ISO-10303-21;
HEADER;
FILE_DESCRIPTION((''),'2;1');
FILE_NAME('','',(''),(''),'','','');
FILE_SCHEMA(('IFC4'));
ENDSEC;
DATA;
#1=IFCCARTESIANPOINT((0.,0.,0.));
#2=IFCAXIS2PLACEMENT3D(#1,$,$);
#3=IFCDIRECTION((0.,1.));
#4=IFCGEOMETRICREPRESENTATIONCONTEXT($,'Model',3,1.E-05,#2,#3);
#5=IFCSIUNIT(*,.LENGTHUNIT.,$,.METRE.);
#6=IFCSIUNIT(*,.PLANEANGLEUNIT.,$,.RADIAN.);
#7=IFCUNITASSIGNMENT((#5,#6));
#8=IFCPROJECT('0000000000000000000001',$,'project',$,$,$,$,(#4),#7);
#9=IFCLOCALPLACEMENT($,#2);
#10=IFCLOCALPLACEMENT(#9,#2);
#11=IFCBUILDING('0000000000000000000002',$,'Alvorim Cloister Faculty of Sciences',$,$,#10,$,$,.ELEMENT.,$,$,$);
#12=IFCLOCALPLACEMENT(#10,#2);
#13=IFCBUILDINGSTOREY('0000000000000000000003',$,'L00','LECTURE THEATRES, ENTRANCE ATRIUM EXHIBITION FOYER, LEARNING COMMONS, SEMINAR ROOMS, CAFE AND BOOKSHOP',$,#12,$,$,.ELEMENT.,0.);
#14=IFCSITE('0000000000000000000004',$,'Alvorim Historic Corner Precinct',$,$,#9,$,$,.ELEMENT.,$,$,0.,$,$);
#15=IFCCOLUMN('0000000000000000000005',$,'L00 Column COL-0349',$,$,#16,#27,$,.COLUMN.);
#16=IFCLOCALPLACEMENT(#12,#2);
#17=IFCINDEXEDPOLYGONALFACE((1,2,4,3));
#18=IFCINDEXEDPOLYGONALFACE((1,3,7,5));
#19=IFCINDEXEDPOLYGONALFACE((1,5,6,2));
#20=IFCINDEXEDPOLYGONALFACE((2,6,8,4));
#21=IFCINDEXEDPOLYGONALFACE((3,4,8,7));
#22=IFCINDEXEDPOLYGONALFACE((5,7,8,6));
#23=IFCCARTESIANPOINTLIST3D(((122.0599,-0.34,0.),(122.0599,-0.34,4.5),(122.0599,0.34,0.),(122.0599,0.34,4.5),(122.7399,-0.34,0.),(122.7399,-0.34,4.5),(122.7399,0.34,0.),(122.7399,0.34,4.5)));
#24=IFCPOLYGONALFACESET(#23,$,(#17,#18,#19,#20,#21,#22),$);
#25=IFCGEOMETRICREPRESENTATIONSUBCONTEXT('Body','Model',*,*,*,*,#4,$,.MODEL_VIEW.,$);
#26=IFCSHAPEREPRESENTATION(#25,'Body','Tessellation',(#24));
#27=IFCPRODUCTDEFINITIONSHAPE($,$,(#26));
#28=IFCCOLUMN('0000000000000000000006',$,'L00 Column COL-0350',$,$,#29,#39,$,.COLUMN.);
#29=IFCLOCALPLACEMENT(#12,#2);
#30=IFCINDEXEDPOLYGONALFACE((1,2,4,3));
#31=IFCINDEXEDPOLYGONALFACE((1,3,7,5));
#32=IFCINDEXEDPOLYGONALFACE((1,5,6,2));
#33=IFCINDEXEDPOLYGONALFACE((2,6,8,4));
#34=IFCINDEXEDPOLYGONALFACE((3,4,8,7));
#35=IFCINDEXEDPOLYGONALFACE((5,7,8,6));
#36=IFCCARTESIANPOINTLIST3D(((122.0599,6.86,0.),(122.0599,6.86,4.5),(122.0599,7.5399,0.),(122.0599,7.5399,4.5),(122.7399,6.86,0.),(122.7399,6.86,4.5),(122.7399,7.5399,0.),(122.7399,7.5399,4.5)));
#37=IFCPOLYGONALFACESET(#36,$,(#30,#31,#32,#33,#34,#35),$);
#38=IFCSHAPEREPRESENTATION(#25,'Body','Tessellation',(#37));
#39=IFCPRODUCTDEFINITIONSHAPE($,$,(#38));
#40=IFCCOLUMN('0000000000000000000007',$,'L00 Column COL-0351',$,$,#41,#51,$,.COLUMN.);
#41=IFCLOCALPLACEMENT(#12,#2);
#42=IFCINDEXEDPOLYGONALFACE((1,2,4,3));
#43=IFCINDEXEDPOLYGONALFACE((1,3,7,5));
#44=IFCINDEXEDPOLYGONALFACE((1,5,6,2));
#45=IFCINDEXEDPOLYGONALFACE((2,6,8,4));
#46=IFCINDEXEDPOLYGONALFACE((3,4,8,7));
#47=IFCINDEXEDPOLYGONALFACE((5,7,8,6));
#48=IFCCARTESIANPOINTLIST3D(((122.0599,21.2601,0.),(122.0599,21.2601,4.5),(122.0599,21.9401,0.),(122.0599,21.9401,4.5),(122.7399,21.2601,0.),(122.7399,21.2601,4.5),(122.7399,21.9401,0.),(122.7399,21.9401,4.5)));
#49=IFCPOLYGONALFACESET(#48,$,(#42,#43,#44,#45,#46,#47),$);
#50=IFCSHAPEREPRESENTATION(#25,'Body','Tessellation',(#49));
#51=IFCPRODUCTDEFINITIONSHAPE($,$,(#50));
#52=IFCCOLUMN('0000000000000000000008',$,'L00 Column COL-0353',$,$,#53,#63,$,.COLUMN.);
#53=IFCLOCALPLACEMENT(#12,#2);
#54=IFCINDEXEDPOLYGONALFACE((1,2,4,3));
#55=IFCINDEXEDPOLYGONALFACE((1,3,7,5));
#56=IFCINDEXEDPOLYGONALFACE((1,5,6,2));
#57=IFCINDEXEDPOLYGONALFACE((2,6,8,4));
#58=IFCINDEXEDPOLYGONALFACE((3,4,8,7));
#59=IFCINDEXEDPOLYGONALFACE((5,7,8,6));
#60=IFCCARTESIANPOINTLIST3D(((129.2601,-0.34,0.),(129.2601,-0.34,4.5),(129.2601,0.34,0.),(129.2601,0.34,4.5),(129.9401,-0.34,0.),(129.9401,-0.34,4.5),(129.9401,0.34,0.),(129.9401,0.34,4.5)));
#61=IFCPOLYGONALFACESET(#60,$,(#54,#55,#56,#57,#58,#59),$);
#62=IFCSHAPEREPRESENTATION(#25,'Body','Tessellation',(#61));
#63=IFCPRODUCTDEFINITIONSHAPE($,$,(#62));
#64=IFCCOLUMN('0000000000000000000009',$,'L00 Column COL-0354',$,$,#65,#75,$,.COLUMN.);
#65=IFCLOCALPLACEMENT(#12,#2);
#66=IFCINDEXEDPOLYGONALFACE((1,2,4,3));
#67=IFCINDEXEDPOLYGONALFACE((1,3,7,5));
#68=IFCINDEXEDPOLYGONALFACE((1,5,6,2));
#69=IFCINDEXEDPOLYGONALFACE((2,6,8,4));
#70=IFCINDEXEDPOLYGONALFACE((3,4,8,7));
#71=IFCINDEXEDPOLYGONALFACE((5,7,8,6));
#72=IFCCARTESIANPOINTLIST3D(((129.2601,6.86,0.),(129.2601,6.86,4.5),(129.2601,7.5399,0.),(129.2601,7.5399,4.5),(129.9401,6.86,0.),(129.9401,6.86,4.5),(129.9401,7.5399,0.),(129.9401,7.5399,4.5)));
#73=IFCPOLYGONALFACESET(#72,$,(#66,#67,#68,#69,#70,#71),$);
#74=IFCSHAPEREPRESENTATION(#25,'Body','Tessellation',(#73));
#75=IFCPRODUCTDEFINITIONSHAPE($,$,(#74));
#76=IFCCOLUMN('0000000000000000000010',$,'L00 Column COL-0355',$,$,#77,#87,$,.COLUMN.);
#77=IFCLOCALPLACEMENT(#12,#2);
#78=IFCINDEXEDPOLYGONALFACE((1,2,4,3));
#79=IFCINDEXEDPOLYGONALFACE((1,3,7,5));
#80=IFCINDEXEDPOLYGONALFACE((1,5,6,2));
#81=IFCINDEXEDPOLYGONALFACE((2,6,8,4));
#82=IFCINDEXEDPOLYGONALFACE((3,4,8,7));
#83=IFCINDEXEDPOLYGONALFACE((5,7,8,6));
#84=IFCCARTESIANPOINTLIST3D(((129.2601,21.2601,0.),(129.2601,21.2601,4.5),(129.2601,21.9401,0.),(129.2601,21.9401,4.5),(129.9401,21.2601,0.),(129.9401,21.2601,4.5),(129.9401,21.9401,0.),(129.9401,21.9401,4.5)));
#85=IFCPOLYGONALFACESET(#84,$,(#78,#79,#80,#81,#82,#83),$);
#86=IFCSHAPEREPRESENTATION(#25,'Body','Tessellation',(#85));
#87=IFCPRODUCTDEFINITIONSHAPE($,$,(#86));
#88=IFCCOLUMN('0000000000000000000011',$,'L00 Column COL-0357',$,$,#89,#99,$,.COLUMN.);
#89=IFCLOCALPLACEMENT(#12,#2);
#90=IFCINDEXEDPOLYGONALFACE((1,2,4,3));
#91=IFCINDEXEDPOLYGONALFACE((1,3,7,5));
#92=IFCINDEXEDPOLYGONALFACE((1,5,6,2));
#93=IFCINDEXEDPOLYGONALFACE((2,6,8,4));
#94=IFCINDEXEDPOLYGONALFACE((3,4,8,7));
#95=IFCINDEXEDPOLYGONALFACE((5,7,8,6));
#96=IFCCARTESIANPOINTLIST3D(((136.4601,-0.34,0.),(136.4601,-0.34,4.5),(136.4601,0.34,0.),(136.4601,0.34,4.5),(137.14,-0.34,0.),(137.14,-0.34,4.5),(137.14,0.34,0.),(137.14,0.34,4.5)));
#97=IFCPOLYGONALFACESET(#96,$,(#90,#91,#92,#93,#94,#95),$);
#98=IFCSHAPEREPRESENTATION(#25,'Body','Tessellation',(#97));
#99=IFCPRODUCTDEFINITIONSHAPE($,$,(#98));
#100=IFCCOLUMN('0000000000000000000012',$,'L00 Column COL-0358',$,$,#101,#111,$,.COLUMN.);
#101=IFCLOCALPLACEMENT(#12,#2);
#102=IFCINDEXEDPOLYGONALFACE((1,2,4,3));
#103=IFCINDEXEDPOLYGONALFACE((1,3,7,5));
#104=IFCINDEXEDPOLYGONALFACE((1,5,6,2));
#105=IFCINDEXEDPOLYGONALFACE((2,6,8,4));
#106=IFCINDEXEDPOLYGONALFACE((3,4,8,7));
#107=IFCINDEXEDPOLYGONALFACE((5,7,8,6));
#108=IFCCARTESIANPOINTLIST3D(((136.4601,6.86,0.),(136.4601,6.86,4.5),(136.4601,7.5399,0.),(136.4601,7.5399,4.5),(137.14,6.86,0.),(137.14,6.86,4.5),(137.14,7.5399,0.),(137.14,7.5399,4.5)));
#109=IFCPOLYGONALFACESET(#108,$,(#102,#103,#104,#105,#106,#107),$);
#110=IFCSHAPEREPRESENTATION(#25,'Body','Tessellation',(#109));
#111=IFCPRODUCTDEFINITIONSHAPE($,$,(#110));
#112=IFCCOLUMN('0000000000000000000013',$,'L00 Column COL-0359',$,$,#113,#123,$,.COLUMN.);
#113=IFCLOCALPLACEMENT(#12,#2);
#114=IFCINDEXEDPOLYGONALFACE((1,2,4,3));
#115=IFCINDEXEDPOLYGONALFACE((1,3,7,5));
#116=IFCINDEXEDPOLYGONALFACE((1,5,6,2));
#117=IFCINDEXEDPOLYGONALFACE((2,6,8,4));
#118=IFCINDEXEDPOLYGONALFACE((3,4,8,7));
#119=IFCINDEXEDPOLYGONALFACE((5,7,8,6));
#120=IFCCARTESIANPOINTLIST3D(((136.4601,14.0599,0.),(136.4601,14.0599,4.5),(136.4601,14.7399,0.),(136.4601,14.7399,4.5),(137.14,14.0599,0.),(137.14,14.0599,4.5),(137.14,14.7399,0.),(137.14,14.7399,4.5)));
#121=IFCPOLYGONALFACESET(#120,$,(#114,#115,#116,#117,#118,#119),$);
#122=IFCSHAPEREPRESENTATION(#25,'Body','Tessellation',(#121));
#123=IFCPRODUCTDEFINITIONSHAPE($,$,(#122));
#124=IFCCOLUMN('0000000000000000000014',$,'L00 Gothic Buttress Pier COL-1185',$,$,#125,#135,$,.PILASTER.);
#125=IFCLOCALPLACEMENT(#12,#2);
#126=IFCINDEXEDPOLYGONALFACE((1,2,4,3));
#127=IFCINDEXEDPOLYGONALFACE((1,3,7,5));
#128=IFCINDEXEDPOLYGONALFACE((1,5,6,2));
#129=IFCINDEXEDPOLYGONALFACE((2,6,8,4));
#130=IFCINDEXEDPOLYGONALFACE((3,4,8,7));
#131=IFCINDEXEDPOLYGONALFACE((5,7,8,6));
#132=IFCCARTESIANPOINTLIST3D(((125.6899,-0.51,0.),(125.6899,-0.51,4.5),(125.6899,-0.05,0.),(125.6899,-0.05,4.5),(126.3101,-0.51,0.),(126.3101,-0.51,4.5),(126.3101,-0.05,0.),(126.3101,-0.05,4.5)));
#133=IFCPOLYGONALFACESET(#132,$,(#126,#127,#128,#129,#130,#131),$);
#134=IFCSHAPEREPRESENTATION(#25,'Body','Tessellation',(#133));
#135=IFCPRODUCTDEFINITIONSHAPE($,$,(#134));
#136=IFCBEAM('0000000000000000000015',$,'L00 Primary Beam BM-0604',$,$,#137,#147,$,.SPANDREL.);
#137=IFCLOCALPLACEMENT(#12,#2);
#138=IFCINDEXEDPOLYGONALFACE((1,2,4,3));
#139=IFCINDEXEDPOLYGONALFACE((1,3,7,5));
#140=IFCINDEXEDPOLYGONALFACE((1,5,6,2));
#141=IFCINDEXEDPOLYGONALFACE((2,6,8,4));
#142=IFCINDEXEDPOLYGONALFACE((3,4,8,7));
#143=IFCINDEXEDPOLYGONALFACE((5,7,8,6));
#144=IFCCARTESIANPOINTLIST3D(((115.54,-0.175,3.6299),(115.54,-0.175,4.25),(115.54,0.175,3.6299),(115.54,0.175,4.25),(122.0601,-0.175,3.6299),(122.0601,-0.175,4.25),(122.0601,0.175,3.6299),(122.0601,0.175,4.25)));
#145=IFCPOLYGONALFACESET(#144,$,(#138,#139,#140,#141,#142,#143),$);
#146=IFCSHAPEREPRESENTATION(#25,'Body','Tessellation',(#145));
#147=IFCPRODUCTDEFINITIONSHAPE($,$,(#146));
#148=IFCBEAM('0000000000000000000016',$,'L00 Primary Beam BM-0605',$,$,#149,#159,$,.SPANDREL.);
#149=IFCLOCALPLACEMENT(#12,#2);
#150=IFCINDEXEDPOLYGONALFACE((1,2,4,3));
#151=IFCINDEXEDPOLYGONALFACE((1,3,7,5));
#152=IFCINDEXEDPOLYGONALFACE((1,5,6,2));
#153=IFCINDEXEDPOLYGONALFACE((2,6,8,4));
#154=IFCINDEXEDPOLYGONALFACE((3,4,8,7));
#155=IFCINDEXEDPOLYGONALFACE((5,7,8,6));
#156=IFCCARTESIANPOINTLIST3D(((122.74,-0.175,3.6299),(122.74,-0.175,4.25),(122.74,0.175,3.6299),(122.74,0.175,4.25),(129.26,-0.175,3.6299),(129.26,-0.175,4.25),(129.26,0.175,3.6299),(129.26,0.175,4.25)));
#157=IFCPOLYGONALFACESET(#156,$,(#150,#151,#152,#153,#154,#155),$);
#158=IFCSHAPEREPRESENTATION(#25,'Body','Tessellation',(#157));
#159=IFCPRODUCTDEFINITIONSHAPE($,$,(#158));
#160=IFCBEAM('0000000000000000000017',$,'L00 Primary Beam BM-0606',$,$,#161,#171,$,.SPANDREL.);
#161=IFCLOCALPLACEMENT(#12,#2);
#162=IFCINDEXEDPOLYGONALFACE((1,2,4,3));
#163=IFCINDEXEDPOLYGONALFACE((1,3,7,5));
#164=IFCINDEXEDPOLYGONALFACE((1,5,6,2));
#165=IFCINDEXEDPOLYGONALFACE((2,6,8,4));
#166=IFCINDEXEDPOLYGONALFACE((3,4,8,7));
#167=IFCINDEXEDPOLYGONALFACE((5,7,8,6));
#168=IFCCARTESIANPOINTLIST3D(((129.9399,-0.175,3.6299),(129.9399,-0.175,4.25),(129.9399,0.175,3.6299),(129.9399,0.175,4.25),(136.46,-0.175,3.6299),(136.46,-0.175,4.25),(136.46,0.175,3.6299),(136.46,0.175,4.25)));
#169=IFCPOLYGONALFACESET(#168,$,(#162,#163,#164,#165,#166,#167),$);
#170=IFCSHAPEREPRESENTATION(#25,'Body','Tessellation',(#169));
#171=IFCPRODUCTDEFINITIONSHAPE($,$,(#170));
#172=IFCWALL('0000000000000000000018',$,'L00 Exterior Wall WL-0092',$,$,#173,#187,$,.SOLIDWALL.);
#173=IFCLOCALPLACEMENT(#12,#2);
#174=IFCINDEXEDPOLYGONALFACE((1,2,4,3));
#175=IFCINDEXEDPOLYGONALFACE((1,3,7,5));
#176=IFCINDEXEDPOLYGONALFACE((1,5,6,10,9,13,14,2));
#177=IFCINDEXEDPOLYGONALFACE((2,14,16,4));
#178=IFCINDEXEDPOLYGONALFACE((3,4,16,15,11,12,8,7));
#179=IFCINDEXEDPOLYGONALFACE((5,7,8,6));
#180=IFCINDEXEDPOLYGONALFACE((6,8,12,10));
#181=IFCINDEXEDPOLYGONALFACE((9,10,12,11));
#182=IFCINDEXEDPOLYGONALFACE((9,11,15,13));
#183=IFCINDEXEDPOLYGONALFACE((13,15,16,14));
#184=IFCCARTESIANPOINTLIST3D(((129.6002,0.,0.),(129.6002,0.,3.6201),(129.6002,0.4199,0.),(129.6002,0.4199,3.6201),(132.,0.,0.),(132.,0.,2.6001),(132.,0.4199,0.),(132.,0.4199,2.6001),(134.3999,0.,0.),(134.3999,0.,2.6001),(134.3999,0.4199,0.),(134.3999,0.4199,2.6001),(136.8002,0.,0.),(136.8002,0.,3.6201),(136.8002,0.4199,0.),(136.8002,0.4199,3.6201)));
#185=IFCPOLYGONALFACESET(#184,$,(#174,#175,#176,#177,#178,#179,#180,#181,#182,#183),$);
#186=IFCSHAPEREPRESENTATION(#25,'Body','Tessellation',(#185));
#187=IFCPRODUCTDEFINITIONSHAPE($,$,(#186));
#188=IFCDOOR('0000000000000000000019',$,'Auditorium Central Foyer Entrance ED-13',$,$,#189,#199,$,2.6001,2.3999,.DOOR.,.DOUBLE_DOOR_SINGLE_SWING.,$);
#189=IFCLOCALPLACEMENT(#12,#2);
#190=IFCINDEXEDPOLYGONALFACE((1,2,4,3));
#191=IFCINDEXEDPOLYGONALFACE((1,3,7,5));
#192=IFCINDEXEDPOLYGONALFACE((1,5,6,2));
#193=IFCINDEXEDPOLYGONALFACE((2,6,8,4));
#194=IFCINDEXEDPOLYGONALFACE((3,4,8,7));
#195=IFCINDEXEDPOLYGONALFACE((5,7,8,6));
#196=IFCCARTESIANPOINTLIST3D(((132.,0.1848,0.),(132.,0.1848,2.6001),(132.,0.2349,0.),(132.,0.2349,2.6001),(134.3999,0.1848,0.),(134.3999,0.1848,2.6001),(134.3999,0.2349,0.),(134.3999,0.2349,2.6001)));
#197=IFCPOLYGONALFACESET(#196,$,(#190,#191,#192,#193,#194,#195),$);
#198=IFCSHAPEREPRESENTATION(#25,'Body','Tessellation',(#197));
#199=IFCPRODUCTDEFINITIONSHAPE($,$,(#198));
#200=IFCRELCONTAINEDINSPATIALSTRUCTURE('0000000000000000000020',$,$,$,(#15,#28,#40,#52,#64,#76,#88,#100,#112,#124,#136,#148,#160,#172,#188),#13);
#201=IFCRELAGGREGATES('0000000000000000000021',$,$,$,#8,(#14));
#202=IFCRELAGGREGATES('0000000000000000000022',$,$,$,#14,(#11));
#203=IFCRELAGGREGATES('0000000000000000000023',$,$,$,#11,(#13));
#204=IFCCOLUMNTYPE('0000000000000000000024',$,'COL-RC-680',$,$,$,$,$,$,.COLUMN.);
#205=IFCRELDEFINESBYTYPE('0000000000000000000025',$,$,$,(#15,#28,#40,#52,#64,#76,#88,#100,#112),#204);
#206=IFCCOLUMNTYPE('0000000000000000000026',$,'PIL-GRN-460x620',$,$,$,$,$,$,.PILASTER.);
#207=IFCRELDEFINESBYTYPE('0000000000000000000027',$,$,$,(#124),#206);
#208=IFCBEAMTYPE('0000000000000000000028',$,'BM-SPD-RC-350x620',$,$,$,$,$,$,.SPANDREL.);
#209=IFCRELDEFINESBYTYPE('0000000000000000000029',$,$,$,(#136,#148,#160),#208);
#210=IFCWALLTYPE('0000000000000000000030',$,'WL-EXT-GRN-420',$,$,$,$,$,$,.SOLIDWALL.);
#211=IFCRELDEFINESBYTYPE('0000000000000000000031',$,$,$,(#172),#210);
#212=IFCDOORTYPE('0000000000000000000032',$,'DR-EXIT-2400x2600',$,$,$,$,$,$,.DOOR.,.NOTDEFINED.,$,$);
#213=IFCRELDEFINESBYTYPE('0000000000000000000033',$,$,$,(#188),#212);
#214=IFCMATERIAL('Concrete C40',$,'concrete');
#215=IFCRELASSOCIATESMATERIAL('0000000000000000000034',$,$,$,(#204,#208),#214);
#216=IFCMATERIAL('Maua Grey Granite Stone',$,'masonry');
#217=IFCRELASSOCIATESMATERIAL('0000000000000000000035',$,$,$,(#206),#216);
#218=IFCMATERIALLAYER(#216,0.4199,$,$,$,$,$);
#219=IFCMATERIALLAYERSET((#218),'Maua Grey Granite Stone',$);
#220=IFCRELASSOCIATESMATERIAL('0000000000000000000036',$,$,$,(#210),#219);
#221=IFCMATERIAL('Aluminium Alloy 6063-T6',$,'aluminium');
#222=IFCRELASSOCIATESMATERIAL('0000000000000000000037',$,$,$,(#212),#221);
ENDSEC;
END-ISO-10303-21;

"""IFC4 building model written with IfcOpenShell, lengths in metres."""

from ifc_helpers import new_model, si_unit, direction, frame, frame_2d, origin, origin_2d, place, context, subcontext, project, spatial, rectangle, extrude, material, layer, layer_set, material_profile, profile_set, type_object, element, fill, save


model = new_model("IFC4")

# Units and contexts
model_context = context("Model", 3, precision=1e-05, world=origin(), true_north=direction((0.0, 1.0)))
body_context = subcontext(model_context, "Body", "Model", "MODEL_VIEW")
ifc_project = project(units=[si_unit("LENGTHUNIT", "METRE"), si_unit("PLANEANGLEUNIT", "RADIAN")], contexts=[model_context])

# Site, building, storey
site_placement = place(None, origin())
site = spatial("IfcSite", under=ifc_project, at=site_placement, Name="Alvorim Historic Corner Precinct", CompositionType="ELEMENT", RefElevation=0.0)
building_placement = place(site_placement, origin())
building = spatial("IfcBuilding", under=site, at=building_placement, Name="Alvorim Cloister Faculty of Sciences", CompositionType="ELEMENT")
storey_placement = place(building_placement, origin())
storey = spatial("IfcBuildingStorey", under=building, at=storey_placement, Name="L00", Description="LECTURE THEATRES, ENTRANCE ATRIUM EXHIBITION FOYER, LEARNING COMMONS, SEMINAR ROOMS, CAFE AND BOOKSHOP", CompositionType="ELEMENT", Elevation=0.0)

# Columns
ifc_material_1 = material(Name="Concrete C40", Category="concrete")
ifc_material_profile_1 = material_profile(ifc_material_1, rectangle(XDim=0.6799, YDim=0.6799, at=origin_2d()), Name="RC40-COL-680x680")
ifc_profile_set_1 = profile_set([ifc_material_profile_1], Name="Concrete C40")
column_type_1 = type_object("IfcColumnType", Name="COL-RC-680", PredefinedType="COLUMN", material=ifc_profile_set_1)
for number, where, z_axis, x_axis, name in (
    (1, (122.3999, 0.0, 0.0), (0.0, 0.0, 1.0), (1.0, 0.0, 0.0), "L00 Column COL-0349"),
    (2, (122.3999, 7.2, 0.0), (0.0, 0.0, 1.0), (1.0, 0.0, 0.0), "L00 Column COL-0350"),
    (3, (122.3999, 21.6001, 0.0), (0.0, 0.0, 1.0), (1.0, 0.0, 0.0), "L00 Column COL-0351"),
    (4, (129.6001, 0.0, 0.0), (0.0, 0.0, 1.0), (1.0, 0.0, 0.0), "L00 Column COL-0353"),
    (5, (129.6001, 7.2, 0.0), (0.0, 0.0, 1.0), (1.0, 0.0, 0.0), "L00 Column COL-0354"),
    (6, (129.6001, 21.6001, 0.0), (0.0, 0.0, 1.0), (1.0, 0.0, 0.0), "L00 Column COL-0355"),
    (7, (136.8, 0.0, 0.0), (0.0, 0.0, 1.0), (1.0, 0.0, 0.0), "L00 Column COL-0357"),
    (8, (136.8, 7.2, 0.0), (0.0, 0.0, 1.0), (1.0, 0.0, 0.0), "L00 Column COL-0358"),
    (9, (136.8, 14.3999, 0.0), (0.0, 0.0, 1.0), (1.0, 0.0, 0.0), "L00 Column COL-0359"),
):
    element("IfcColumn", number, at=place(storey_placement, frame(where, z_axis=z_axis, x_axis=x_axis)), inside=storey, type_object=column_type_1, Name=name, PredefinedType="COLUMN", context=body_context, shape_type="SweptSolid", body=[
        extrude(rectangle(XDim=0.6799, YDim=0.6799, at=origin_2d()), origin(), (0.0, 0.0, 1.0), 4.5),
    ])
ifc_material_2 = material(Name="Maua Grey Granite Stone", Category="masonry")
ifc_material_profile_2 = material_profile(ifc_material_2, rectangle(XDim=0.46, YDim=0.6201, at=origin_2d()), Name="GRN-PIER-460x620")
ifc_profile_set_2 = profile_set([ifc_material_profile_2], Name="Maua Grey Granite Stone")
column_type_2 = type_object("IfcColumnType", Name="PIL-GRN-460x620", PredefinedType="PILASTER", material=ifc_profile_set_2)
column_placement = place(storey_placement, frame((126.0, -0.28, 0.0), z_axis=(0.0, 0.0, 1.0), x_axis=(0.0, 1.0, 0.0)))
element("IfcColumn", 10, at=column_placement, inside=storey, type_object=column_type_2, Name="L00 Gothic Buttress Pier COL-1185", PredefinedType="PILASTER", context=body_context, shape_type="SweptSolid", body=[
    extrude(rectangle(XDim=0.46, YDim=0.6201, at=origin_2d()), origin(), (0.0, 0.0, 1.0), 4.5),
])

# Beams
ifc_material_profile_3 = material_profile(ifc_material_1, rectangle(XDim=0.3501, YDim=0.6201, at=origin_2d()), Name="RC40-SPD-350x620")
ifc_profile_set_3 = profile_set([ifc_material_profile_3], Name="Concrete C40")
beam_type = type_object("IfcBeamType", Name="BM-SPD-RC-350x620", PredefinedType="SPANDREL", material=ifc_profile_set_3)
for number, where, z_axis, x_axis, name in (
    (11, (115.54, 0.0, 3.9399), (1.0, 0.0, 0.0), (0.0, 1.0, 0.0), "L00 Primary Beam BM-0604"),
    (12, (122.74, 0.0, 3.9399), (1.0, 0.0, 0.0), (0.0, 1.0, 0.0), "L00 Primary Beam BM-0605"),
    (13, (129.9399, 0.0, 3.9399), (1.0, 0.0, 0.0), (0.0, 1.0, 0.0), "L00 Primary Beam BM-0606"),
):
    element("IfcBeam", number, at=place(storey_placement, frame(where, z_axis=z_axis, x_axis=x_axis)), inside=storey, type_object=beam_type, Name=name, PredefinedType="SPANDREL", context=body_context, shape_type="SweptSolid", body=[
        extrude(rectangle(XDim=0.3501, YDim=0.6201, at=origin_2d()), origin(), (0.0, 0.0, 1.0), 6.52),
    ])

# Wall, opening, door
ifc_layer_1 = layer(ifc_material_2, 0.4199)
ifc_layer_set_1 = layer_set([ifc_layer_1], Name="Maua Grey Granite Stone")
wall_type_1 = type_object("IfcWallType", Name="WL-EXT-GRN-420", PredefinedType="SOLIDWALL", material=ifc_layer_set_1)
wall_1_placement = place(storey_placement, frame((129.6001, 0.21, 0.0), z_axis=(0.0, 0.0, 1.0), x_axis=(1.0, 0.0, 0.0)))
wall_1 = element("IfcWall", 14, at=wall_1_placement, inside=storey, type_object=wall_type_1, Name="L00 Exterior Wall WL-0092", PredefinedType="SOLIDWALL", context=body_context, shape_type="SweptSolid", body=[
    extrude(rectangle(XDim=7.2, YDim=0.4199, at=frame_2d((3.6001, 0.0))), origin(), (0.0, 0.0, 1.0), 3.6201),
])
opening_1_placement = place(wall_1_placement, frame((2.3999, 0.0, 0.0)))
opening_1 = element("IfcOpeningElement", 15, at=opening_1_placement, cuts=wall_1, PredefinedType="OPENING", context=body_context, shape_type="SweptSolid", body=[
    extrude(rectangle(XDim=2.3999, YDim=2.6001, at=frame_2d((1.2, 1.3))), frame((0.0, 0.2219, 0.0), z_axis=(0.0, -1.0, 0.0), x_axis=(1.0, 0.0, 0.0)), (0.0, 0.0, 1.0), 0.4438),
])
ifc_material_3 = material(Name="Aluminium Alloy 6063-T6", Category="aluminium")
door_type_1 = type_object("IfcDoorType", Name="DR-EXIT-2400x2600", OperationType="NOTDEFINED", PredefinedType="DOOR", material=ifc_material_3)
door_1_placement = place(opening_1_placement, origin())
door_1 = element("IfcDoor", 16, at=door_1_placement, inside=storey, type_object=door_type_1, Name="Auditorium Central Foyer Entrance ED-13", OperationType="DOUBLE_DOOR_SINGLE_SWING", OverallHeight=2.6001, OverallWidth=2.3999, PredefinedType="DOOR", context=body_context, shape_type="SweptSolid", body=[
    extrude(rectangle(XDim=2.3999, YDim=2.6001, at=frame_2d((1.2, 1.3))), frame((0.0, 0.0249, 0.0), z_axis=(0.0, -1.0, 0.0), x_axis=(1.0, 0.0, 0.0)), (0.0, 0.0, 1.0), 0.05),
])
fill(opening_1, door_1)

save(model, "model.ifc")
